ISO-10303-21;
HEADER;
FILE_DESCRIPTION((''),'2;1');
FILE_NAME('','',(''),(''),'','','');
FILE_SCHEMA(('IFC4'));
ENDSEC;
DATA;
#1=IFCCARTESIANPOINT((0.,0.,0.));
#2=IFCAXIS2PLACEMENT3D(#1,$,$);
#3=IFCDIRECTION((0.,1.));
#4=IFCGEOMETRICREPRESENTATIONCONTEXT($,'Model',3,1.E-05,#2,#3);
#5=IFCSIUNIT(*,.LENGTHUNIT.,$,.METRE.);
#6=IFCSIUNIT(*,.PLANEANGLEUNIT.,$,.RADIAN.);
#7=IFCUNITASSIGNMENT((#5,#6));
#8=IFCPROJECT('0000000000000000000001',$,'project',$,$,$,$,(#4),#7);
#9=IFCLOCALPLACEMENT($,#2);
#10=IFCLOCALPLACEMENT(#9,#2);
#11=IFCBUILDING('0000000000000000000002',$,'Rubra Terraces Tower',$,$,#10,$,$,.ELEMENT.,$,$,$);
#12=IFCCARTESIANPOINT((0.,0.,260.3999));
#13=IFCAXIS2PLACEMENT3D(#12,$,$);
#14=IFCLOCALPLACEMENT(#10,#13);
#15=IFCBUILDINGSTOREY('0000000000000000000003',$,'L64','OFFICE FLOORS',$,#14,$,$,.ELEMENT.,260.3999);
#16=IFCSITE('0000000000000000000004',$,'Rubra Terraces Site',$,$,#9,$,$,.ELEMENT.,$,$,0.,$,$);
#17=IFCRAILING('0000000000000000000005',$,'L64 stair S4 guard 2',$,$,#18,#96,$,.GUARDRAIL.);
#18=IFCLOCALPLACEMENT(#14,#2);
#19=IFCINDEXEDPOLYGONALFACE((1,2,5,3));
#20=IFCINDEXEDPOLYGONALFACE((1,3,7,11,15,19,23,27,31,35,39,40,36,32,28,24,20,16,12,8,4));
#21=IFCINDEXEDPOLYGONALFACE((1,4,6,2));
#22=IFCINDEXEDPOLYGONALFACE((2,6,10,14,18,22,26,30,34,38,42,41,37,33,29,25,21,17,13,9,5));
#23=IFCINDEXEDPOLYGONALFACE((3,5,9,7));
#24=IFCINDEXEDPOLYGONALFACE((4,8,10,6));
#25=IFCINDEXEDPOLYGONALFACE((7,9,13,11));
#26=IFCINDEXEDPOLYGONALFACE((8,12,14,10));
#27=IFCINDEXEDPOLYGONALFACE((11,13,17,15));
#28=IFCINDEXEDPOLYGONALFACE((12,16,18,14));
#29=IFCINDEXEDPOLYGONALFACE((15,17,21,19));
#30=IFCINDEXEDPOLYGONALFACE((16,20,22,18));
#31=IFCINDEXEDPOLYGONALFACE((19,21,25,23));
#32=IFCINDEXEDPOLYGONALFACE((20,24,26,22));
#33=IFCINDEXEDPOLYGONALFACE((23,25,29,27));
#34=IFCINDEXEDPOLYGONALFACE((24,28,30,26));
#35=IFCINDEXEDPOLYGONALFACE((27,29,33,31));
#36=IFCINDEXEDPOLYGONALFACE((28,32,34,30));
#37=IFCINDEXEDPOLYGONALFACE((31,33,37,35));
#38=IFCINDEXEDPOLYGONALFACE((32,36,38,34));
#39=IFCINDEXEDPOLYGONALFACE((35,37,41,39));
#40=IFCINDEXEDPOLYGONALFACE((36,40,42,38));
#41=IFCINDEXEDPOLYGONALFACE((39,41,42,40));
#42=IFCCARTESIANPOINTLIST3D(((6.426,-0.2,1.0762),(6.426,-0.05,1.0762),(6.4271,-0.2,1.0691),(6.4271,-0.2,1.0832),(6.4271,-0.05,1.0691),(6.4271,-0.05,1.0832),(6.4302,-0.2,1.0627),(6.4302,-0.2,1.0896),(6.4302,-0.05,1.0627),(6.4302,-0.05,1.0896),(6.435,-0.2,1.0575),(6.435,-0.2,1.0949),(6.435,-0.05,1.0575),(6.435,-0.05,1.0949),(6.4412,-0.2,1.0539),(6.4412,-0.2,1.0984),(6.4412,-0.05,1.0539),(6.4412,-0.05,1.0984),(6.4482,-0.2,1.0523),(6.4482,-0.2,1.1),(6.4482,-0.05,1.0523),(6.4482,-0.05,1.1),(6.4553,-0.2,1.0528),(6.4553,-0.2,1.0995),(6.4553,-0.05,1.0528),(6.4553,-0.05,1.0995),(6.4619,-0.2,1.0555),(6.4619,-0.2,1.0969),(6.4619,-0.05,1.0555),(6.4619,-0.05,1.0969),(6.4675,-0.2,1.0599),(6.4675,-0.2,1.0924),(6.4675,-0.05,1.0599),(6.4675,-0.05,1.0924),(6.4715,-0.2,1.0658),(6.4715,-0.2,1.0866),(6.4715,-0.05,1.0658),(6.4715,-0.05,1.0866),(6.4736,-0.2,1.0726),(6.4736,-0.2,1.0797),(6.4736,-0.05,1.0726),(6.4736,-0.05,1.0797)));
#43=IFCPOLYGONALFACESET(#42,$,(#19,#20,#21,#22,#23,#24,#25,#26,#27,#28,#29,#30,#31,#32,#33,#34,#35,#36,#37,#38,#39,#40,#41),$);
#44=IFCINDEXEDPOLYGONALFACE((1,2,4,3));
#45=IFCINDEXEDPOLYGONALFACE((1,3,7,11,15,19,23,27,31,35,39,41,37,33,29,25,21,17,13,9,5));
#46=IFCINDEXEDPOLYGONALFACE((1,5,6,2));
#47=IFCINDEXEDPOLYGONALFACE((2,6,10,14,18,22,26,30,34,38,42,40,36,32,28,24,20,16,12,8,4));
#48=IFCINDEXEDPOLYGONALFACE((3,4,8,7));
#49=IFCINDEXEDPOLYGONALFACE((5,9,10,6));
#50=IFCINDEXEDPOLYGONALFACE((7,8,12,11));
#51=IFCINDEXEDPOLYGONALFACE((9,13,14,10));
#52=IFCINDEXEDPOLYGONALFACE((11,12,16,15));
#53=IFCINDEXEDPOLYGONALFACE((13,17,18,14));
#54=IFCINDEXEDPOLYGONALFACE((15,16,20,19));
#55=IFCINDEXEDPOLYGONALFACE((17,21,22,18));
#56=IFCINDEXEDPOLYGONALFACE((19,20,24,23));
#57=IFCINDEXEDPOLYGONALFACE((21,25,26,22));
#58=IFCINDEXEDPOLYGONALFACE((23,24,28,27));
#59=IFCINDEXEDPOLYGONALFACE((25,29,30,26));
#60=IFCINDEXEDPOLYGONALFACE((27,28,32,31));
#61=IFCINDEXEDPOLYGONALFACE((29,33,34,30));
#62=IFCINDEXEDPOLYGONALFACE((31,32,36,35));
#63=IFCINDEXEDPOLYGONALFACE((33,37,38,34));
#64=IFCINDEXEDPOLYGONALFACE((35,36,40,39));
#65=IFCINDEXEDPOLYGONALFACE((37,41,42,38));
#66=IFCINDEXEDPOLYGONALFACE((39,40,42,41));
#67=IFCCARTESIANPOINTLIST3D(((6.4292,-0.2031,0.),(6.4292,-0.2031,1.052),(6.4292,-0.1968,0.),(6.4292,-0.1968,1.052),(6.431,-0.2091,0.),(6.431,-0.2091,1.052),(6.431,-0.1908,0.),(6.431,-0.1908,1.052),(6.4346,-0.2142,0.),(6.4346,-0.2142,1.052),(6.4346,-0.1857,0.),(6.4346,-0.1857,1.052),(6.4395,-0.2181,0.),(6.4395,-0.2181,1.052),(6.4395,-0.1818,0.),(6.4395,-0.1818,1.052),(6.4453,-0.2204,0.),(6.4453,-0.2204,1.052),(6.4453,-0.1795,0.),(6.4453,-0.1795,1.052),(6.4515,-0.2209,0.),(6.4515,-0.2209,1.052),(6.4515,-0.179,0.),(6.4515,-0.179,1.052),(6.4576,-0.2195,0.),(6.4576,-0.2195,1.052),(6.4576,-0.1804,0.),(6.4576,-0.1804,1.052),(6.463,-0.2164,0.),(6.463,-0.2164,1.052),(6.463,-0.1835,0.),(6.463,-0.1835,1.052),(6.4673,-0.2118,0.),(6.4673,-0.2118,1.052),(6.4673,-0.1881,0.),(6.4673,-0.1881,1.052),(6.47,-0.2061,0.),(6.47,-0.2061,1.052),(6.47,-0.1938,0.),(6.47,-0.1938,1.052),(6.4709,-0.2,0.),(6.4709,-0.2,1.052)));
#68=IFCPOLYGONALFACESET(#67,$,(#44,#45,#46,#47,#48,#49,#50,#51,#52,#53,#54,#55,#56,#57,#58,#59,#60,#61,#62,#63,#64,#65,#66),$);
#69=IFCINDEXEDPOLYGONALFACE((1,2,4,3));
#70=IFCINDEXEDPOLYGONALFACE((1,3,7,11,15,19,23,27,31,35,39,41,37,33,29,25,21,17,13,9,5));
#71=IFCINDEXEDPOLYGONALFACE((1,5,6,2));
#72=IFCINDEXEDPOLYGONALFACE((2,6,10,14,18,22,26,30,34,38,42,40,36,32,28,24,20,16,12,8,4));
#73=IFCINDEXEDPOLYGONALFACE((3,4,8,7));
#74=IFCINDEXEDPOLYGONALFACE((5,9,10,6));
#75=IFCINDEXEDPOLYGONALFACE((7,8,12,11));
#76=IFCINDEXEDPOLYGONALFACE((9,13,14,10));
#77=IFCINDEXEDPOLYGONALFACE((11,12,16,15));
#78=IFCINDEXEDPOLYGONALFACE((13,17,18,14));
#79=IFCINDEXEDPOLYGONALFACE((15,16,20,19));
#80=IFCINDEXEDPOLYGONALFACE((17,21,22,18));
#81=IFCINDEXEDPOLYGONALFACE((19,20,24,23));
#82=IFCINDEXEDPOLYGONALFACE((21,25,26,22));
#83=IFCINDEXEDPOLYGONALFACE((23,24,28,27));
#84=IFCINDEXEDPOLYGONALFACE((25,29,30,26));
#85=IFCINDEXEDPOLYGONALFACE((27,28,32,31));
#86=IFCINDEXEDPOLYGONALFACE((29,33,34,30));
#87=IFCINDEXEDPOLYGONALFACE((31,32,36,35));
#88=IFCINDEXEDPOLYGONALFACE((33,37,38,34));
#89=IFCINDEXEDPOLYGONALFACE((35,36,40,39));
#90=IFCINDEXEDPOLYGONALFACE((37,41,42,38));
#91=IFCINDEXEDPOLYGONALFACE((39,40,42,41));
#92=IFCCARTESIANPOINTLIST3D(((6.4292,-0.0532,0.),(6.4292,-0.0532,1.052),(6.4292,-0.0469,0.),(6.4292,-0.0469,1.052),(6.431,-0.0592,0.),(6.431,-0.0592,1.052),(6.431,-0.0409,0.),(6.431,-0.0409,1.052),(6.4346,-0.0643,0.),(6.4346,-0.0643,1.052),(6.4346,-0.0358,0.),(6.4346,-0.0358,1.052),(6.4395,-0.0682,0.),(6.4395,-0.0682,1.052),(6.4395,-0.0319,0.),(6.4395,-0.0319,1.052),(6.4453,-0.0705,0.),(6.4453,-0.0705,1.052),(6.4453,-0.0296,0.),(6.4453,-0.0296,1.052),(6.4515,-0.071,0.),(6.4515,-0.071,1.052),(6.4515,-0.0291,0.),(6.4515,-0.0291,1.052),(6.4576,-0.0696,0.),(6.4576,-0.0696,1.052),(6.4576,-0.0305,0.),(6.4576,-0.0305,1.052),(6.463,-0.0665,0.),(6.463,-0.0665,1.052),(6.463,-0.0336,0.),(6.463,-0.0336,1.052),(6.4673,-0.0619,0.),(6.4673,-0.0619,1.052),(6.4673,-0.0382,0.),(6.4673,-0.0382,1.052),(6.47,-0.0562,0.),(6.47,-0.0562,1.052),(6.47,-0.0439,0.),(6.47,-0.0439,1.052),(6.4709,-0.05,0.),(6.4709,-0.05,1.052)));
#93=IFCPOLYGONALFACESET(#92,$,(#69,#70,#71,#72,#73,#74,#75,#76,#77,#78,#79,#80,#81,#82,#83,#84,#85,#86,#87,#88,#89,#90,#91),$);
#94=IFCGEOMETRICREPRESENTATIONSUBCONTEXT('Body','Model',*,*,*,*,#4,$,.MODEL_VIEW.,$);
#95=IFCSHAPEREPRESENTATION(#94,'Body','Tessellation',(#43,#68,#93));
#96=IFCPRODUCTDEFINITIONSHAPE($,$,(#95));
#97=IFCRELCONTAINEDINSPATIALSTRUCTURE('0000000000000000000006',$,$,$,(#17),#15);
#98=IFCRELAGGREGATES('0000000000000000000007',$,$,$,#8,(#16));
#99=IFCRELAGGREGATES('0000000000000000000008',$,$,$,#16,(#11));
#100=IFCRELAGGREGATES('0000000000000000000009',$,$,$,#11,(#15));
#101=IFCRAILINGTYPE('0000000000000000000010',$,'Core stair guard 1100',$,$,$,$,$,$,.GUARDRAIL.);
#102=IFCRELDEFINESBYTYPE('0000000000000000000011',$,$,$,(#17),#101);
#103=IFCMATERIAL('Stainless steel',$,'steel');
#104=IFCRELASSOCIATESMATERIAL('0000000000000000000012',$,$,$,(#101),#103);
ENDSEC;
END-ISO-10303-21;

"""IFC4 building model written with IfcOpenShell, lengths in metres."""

from ifc_helpers import new_model, si_unit, direction, frame, origin, origin_2d, place, context, subcontext, project, spatial, circle, extrude, material, type_object, element, save


model = new_model("IFC4")

# Units and contexts
model_context = context("Model", 3, precision=1e-05, world=origin(), true_north=direction((0.0, 1.0)))
body_context = subcontext(model_context, "Body", "Model", "MODEL_VIEW")
ifc_project = project(units=[si_unit("LENGTHUNIT", "METRE"), si_unit("PLANEANGLEUNIT", "RADIAN")], contexts=[model_context])

# Site, building, storey
site_placement = place(None, origin())
site = spatial("IfcSite", under=ifc_project, at=site_placement, Name="Rubra Terraces Site", CompositionType="ELEMENT", RefElevation=0.0)
building_placement = place(site_placement, origin())
building = spatial("IfcBuilding", under=site, at=building_placement, Name="Rubra Terraces Tower", CompositionType="ELEMENT")
storey_placement = place(building_placement, frame((0.0, 0.0, 260.3999)))
storey = spatial("IfcBuildingStorey", under=building, at=storey_placement, Name="L64", Description="OFFICE FLOORS", CompositionType="ELEMENT", Elevation=260.3999)

# Railing
ifc_material_1 = material(Name="Stainless steel", Category="steel")
railing_type_1 = type_object("IfcRailingType", Name="Core stair guard 1100", PredefinedType="GUARDRAIL", material=ifc_material_1)
railing_1_placement = place(storey_placement, frame((6.45, -0.2, 0.0)))
element("IfcRailing", 1, at=railing_1_placement, inside=storey, type_object=railing_type_1, Name="L64 stair S4 guard 2", PredefinedType="GUARDRAIL", context=body_context, shape_type="SweptSolid", body=[
    extrude(circle(Radius=0.0239, at=origin_2d()), frame((0.0, 0.0, 1.0762), z_axis=(0.0, 1.0, 0.0), x_axis=(-1.0, 0.0, 0.0)), (0.0, 0.0, 1.0), 0.1499),
    extrude(circle(Radius=0.021, at=origin_2d()), origin(), (0.0, 0.0, 1.0), 1.052),
    extrude(circle(Radius=0.021, at=origin_2d()), frame((0.0, 0.1499, 0.0)), (0.0, 0.0, 1.0), 1.052),
])

save(model, "model.ifc")
